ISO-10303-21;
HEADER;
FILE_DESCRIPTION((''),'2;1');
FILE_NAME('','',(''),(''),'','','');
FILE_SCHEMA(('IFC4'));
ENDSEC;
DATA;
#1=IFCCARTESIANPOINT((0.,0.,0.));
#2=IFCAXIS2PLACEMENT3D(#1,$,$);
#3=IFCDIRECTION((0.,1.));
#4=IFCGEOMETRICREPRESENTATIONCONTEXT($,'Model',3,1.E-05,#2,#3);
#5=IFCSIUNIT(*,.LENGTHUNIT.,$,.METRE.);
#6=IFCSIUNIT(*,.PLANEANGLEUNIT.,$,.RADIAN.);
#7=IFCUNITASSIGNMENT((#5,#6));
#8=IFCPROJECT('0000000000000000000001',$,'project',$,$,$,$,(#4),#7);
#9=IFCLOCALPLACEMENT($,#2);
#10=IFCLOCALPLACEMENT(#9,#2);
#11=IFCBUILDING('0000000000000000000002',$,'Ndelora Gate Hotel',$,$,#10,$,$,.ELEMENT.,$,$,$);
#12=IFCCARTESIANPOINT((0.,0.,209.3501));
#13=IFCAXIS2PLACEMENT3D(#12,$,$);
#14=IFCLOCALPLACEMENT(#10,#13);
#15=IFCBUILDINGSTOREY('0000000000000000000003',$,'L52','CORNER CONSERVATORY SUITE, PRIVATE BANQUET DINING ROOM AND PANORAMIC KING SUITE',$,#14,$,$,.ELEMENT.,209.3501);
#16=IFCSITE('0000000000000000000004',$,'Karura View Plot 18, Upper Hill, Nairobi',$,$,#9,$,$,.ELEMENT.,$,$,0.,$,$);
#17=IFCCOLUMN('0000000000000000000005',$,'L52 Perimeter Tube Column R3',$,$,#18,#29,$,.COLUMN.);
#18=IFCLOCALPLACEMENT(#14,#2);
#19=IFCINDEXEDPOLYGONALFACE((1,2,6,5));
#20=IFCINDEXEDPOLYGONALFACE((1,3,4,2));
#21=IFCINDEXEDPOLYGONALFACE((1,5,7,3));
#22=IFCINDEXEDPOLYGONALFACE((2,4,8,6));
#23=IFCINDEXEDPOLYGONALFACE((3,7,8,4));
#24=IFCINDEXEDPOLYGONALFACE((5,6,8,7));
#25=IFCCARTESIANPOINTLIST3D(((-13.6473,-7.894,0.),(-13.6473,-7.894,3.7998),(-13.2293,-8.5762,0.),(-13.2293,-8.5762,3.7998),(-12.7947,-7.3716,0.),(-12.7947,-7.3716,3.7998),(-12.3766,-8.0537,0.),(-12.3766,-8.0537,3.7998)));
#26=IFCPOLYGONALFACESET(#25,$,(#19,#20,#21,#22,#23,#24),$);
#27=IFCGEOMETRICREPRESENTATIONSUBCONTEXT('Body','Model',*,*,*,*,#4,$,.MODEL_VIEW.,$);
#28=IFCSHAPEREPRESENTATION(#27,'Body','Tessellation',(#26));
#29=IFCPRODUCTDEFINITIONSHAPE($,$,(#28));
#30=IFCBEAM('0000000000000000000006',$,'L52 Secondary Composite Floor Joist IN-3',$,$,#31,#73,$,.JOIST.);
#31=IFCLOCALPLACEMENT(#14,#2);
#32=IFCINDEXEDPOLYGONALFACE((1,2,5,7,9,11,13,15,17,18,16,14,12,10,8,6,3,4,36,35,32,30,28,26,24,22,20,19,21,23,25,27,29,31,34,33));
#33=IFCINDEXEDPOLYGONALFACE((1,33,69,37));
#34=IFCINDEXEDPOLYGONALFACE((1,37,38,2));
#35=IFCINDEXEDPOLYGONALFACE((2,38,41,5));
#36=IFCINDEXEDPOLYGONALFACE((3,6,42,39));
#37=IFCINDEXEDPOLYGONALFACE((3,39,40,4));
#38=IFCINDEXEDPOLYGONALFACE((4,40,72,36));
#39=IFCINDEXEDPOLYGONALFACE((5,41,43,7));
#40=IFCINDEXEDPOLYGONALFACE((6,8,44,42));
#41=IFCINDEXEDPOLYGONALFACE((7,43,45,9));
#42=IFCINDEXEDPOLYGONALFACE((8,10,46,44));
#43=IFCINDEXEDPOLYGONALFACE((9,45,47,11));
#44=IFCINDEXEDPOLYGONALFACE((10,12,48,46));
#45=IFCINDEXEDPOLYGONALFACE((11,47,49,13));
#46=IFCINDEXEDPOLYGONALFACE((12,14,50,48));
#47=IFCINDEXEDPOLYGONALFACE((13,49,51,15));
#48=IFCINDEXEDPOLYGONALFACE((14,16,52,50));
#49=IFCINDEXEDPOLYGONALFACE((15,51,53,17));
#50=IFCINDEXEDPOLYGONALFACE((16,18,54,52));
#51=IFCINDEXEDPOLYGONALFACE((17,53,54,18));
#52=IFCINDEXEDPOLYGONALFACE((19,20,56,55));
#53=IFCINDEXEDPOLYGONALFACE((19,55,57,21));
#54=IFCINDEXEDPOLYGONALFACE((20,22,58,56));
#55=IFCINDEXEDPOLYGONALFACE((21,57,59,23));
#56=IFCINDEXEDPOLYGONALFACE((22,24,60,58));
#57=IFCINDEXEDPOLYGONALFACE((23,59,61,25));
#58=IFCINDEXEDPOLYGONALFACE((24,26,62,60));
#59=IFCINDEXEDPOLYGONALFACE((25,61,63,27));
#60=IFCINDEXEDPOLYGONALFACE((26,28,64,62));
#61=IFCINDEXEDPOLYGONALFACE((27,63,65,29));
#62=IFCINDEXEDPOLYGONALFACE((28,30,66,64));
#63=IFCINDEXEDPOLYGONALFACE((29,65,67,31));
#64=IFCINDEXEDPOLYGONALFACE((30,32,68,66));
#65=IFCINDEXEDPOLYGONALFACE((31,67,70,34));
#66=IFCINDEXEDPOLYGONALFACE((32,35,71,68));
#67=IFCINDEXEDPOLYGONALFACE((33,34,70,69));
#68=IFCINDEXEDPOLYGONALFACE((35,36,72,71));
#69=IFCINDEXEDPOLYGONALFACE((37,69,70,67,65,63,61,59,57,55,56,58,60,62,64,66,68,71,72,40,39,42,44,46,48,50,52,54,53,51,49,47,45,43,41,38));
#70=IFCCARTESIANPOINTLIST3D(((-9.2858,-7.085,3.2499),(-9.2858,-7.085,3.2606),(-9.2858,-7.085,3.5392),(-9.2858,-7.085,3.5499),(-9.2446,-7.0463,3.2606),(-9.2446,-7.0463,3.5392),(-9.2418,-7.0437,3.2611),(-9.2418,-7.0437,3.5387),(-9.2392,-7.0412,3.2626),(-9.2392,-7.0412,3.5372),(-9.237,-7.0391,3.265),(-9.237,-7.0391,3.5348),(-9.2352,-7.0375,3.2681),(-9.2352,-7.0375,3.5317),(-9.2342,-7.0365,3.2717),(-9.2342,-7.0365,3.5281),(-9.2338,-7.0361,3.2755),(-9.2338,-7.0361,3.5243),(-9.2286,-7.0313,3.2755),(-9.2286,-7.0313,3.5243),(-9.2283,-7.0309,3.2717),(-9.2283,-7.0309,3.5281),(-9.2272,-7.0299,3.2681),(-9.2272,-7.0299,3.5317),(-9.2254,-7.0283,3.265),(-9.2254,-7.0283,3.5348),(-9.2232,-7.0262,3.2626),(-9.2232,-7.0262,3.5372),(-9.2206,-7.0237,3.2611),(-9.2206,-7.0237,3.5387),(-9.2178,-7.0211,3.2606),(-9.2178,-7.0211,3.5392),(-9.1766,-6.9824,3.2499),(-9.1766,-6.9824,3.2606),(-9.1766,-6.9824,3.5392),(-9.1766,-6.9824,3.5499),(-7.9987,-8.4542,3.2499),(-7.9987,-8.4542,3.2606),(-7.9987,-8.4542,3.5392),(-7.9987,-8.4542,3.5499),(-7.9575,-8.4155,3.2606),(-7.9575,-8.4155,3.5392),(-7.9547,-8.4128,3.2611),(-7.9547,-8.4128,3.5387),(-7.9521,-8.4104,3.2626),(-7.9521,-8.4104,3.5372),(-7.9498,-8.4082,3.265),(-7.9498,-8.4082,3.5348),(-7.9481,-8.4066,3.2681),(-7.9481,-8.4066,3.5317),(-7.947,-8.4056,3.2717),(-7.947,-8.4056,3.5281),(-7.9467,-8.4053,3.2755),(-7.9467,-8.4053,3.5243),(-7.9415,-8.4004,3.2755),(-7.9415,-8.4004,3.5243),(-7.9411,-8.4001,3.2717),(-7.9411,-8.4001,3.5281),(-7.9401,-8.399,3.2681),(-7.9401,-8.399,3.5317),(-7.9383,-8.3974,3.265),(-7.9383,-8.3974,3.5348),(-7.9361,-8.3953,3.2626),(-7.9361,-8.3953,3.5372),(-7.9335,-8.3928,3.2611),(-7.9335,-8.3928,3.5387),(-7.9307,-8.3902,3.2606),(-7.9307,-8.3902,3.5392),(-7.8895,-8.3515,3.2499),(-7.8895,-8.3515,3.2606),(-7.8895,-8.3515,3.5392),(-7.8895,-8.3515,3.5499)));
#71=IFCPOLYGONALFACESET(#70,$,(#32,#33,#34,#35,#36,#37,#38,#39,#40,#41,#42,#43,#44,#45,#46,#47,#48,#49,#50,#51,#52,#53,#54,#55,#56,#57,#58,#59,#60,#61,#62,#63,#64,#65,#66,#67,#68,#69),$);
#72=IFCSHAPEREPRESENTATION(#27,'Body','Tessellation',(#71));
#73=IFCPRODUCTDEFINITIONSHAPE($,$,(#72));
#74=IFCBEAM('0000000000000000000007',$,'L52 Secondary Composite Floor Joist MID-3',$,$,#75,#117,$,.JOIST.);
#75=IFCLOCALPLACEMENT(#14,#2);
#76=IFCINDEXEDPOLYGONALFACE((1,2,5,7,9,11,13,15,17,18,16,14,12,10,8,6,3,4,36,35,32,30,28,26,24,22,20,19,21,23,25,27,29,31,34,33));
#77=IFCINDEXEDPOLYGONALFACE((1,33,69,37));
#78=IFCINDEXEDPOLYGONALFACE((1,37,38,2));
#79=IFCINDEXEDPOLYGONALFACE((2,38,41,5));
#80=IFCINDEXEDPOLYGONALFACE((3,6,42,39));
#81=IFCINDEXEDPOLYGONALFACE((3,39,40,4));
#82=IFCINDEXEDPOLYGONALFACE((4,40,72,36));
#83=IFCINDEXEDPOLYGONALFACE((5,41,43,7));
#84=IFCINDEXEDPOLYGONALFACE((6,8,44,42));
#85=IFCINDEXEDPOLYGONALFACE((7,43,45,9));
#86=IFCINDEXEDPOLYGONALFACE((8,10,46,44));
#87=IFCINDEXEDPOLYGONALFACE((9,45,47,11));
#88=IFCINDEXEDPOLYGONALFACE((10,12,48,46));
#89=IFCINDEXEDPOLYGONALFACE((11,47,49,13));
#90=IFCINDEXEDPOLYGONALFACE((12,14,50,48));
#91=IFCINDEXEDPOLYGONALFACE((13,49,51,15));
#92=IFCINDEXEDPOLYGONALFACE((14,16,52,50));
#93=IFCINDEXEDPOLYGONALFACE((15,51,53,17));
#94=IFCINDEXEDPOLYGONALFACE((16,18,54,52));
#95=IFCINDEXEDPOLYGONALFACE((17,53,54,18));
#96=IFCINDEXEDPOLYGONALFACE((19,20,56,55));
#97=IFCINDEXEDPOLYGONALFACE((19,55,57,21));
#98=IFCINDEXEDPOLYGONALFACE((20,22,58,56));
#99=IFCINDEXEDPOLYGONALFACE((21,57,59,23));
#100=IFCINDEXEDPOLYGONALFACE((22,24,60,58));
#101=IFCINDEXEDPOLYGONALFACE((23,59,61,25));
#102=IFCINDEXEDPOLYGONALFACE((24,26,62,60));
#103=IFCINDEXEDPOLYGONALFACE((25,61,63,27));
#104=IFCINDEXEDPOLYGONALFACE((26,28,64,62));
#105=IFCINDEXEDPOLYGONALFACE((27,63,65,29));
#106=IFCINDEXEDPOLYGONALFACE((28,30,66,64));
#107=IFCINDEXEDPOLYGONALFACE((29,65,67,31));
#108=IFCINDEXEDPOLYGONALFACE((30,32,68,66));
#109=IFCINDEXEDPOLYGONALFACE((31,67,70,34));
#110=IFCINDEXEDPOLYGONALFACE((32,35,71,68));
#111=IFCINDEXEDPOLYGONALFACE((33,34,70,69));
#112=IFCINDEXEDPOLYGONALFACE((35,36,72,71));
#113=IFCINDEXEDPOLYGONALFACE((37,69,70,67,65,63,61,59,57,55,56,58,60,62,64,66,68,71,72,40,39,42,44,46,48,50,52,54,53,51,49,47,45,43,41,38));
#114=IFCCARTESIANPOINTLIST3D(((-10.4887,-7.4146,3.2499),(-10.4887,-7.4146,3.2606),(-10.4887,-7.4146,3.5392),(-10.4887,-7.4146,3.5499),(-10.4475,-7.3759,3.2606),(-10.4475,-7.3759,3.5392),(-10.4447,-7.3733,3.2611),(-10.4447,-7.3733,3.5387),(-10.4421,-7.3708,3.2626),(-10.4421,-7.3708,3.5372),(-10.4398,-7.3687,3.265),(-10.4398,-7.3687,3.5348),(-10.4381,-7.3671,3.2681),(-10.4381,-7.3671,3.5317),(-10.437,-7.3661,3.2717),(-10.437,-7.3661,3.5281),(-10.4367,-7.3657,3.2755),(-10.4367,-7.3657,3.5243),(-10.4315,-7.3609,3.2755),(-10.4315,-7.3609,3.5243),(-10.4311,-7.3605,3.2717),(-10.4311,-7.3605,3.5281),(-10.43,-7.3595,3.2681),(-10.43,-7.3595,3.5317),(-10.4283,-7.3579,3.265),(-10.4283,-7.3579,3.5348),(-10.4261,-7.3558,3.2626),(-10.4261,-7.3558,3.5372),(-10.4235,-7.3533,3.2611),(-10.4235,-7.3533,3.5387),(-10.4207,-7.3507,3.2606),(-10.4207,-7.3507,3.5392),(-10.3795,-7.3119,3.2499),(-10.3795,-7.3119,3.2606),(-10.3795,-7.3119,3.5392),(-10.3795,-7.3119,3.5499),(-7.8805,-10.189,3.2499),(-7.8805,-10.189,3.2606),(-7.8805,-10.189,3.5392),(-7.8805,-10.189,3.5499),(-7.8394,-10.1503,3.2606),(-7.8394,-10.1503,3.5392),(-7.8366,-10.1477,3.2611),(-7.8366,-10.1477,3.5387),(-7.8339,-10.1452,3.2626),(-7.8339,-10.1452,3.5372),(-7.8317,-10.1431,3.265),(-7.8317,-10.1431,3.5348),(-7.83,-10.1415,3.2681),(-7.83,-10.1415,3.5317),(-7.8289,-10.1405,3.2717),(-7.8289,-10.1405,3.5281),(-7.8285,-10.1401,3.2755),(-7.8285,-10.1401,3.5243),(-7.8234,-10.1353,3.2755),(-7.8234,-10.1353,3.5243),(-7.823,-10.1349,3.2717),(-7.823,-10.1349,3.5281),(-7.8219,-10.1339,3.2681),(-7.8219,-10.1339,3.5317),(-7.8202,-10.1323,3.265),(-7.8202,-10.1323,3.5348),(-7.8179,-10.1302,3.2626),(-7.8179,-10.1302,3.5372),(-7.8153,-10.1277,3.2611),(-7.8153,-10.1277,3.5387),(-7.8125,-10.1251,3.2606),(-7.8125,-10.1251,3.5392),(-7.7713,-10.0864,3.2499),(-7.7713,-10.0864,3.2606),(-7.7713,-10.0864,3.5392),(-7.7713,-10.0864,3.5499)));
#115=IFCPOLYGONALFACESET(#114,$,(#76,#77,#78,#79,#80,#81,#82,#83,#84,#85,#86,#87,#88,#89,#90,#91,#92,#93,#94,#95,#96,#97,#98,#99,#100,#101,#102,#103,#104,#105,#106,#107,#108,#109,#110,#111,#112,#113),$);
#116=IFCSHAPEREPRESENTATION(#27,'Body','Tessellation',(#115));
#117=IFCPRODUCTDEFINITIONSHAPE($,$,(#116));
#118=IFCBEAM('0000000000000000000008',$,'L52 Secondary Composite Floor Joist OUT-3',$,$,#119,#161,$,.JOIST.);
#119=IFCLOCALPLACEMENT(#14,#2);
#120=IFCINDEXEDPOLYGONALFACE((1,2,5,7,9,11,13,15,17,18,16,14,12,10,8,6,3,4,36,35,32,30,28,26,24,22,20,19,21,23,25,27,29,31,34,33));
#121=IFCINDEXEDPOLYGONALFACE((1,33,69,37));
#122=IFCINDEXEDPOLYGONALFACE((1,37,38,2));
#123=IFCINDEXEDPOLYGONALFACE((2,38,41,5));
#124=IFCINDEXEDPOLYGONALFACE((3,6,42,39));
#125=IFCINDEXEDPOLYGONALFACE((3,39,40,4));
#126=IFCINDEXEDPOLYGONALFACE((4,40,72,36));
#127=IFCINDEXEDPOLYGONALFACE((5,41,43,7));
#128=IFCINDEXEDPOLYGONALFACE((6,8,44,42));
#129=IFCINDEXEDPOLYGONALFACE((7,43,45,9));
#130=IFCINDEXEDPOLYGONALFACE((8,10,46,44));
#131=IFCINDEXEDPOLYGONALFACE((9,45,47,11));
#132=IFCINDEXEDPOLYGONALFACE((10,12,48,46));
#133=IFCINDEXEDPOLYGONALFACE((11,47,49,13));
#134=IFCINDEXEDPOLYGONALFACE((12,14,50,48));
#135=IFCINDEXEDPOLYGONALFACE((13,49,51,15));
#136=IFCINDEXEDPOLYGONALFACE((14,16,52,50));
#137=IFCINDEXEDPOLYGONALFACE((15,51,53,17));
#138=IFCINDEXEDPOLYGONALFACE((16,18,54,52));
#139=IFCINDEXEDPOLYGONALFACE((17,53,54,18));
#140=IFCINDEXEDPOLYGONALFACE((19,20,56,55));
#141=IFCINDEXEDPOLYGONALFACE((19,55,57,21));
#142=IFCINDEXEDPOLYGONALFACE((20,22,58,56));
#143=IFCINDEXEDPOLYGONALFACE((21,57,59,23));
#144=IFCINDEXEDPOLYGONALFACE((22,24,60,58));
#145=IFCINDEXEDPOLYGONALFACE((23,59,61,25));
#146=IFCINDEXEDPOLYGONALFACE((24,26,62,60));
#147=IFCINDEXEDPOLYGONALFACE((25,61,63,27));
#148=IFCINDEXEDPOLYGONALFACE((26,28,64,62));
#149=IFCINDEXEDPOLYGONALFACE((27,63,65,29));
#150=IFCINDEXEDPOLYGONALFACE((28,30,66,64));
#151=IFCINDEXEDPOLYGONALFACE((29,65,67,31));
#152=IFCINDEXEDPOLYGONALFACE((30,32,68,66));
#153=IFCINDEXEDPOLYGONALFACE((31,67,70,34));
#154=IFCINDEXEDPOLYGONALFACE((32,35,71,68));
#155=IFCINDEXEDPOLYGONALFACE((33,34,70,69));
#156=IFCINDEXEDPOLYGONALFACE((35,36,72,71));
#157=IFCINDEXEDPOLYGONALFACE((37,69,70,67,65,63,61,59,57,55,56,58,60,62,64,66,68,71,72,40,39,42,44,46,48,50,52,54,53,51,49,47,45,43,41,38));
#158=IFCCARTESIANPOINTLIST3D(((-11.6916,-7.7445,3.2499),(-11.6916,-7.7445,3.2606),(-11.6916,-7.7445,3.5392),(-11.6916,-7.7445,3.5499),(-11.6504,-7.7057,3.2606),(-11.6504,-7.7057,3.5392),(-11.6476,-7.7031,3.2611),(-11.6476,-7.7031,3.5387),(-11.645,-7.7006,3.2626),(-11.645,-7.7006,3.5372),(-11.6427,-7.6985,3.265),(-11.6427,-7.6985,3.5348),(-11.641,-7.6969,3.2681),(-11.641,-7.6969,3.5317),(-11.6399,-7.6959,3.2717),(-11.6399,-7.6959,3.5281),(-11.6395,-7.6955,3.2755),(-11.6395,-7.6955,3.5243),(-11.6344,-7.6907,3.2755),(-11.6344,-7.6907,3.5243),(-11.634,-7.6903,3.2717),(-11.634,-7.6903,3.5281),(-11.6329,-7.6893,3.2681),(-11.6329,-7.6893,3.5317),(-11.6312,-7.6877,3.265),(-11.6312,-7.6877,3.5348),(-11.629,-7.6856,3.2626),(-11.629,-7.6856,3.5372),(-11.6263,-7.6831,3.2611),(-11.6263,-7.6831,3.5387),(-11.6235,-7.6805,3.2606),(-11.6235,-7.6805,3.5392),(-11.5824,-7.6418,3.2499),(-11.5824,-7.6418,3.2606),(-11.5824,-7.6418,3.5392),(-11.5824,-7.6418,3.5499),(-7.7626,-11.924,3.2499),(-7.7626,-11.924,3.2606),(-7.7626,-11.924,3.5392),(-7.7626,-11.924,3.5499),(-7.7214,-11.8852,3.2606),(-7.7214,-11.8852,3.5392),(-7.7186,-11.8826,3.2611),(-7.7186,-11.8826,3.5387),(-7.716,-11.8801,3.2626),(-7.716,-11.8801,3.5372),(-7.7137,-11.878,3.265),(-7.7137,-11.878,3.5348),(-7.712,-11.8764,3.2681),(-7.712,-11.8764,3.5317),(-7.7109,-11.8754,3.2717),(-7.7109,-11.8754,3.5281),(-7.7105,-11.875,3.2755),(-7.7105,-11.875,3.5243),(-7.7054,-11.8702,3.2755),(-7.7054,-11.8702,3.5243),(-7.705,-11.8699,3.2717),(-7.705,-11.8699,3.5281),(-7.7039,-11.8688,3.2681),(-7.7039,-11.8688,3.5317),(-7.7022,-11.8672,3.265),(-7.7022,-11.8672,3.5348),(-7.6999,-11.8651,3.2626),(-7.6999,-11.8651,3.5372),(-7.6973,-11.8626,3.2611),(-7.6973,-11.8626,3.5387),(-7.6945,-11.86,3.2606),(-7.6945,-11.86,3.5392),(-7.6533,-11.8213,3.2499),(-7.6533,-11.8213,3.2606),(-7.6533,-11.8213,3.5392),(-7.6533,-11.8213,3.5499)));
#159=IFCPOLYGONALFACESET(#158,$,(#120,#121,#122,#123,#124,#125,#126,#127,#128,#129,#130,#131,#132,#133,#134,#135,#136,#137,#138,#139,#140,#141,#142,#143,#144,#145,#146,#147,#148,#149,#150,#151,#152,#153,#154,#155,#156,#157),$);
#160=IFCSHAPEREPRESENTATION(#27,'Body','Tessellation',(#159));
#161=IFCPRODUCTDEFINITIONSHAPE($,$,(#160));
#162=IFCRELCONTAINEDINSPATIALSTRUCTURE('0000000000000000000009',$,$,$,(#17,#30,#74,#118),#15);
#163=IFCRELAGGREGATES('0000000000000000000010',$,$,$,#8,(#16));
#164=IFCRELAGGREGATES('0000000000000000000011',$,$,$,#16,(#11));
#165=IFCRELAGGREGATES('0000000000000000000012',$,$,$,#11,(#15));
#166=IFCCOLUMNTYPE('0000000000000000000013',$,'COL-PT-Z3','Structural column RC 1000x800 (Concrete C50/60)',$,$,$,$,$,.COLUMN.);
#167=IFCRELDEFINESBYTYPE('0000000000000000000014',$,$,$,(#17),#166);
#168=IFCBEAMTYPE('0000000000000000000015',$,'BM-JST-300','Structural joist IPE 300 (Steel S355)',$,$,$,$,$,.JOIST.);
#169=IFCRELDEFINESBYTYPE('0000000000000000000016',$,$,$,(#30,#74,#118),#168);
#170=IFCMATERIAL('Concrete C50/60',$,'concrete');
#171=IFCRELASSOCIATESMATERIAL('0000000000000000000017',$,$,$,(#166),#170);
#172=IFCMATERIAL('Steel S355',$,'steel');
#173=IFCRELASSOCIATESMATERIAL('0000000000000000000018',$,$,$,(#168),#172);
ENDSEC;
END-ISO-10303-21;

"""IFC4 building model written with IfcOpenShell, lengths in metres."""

from ifc_helpers import new_model, si_unit, direction, frame, origin, origin_2d, place, context, subcontext, project, spatial, rectangle, i_section, extrude, material, material_profile, profile_set, type_object, element, save


model = new_model("IFC4")

# Units and contexts
model_context = context("Model", 3, precision=1e-05, world=origin(), true_north=direction((0.0, 1.0)))
body_context = subcontext(model_context, "Body", "Model", "MODEL_VIEW")
ifc_project = project(units=[si_unit("LENGTHUNIT", "METRE"), si_unit("PLANEANGLEUNIT", "RADIAN")], contexts=[model_context])

# Site, building, storey
site_placement = place(None, origin())
site = spatial("IfcSite", under=ifc_project, at=site_placement, Name="Karura View Plot 18, Upper Hill, Nairobi", CompositionType="ELEMENT", RefElevation=0.0)
building_placement = place(site_placement, origin())
building = spatial("IfcBuilding", under=site, at=building_placement, Name="Ndelora Gate Hotel", CompositionType="ELEMENT")
storey_placement = place(building_placement, frame((0.0, 0.0, 209.3501)))
storey = spatial("IfcBuildingStorey", under=building, at=storey_placement, Name="L52", Description="CORNER CONSERVATORY SUITE, PRIVATE BANQUET DINING ROOM AND PANORAMIC KING SUITE", CompositionType="ELEMENT", Elevation=209.3501)

# Column
ifc_material_1 = material(Name="Concrete C50/60", Category="concrete")
ifc_material_profile_1 = material_profile(ifc_material_1, rectangle(XDim=0.8, YDim=1.0, at=origin_2d()), Name="RC 1000x800")
ifc_profile_set_1 = profile_set([ifc_material_profile_1], Name="Concrete C50/60")
column_type = type_object("IfcColumnType", Name="COL-PT-Z3", Description="Structural column RC 1000x800 (Concrete C50/60)", PredefinedType="COLUMN", material=ifc_profile_set_1)
column_placement = place(storey_placement, frame((-13.012, -7.9739, 0.0), z_axis=(0.0, 0.0, 1.0), x_axis=(-0.522499, 0.85264, 0.0)))
element("IfcColumn", 1, at=column_placement, inside=storey, type_object=column_type, Name="L52 Perimeter Tube Column R3", PredefinedType="COLUMN", context=body_context, shape_type="SweptSolid", body=[
    extrude(rectangle(XDim=0.8, YDim=1.0, at=origin_2d()), origin(), (0.0, 0.0, 1.0), 3.7998),
])

# Beams
ifc_material_2 = material(Name="Steel S355", Category="steel")
ifc_material_profile_2 = material_profile(ifc_material_2, i_section(OverallWidth=0.1499, OverallDepth=0.3, WebThickness=0.0071, FlangeThickness=0.0107, FilletRadius=0.0149, at=origin_2d()), Name="IPE 300")
ifc_profile_set_2 = profile_set([ifc_material_profile_2], Name="Steel S355")
beam_type_1 = type_object("IfcBeamType", Name="BM-JST-300", Description="Structural joist IPE 300 (Steel S355)", PredefinedType="JOIST", material=ifc_profile_set_2)
beam_1_placement = place(storey_placement, frame((-9.2312, -7.0337, 3.3999), z_axis=(0.684943, -0.728597, 0.0), x_axis=(0.728597, 0.684943, 0.0)))
element("IfcBeam", 2, at=beam_1_placement, inside=storey, type_object=beam_type_1, Name="L52 Secondary Composite Floor Joist IN-3", PredefinedType="JOIST", context=body_context, shape_type="SweptSolid", body=[
    extrude(i_section(OverallWidth=0.1499, OverallDepth=0.3, WebThickness=0.0071, FlangeThickness=0.0107, FilletRadius=0.0149, at=origin_2d()), origin(), (0.0, 0.0, 1.0), 1.8792),
])
beam_2_placement = place(storey_placement, frame((-10.4341, -7.3633, 3.3999), z_axis=(0.684939, -0.728601, 0.0), x_axis=(0.728601, 0.684939, 0.0)))
element("IfcBeam", 3, at=beam_2_placement, inside=storey, type_object=beam_type_1, Name="L52 Secondary Composite Floor Joist MID-3", PredefinedType="JOIST", context=body_context, shape_type="SweptSolid", body=[
    extrude(i_section(OverallWidth=0.1499, OverallDepth=0.3, WebThickness=0.0071, FlangeThickness=0.0107, FilletRadius=0.0149, at=origin_2d()), origin(), (0.0, 0.0, 1.0), 3.8079),
])
beam_3_placement = place(storey_placement, frame((-11.637, -7.6931, 3.3999), z_axis=(0.684936, -0.728603, 0.0), x_axis=(0.728603, 0.684936, 0.0)))
element("IfcBeam", 4, at=beam_3_placement, inside=storey, type_object=beam_type_1, Name="L52 Secondary Composite Floor Joist OUT-3", PredefinedType="JOIST", context=body_context, shape_type="SweptSolid", body=[
    extrude(i_section(OverallWidth=0.1499, OverallDepth=0.3, WebThickness=0.0071, FlangeThickness=0.0107, FilletRadius=0.0149, at=origin_2d()), origin(), (0.0, 0.0, 1.0), 5.7363),
])

save(model, "model.ifc")
